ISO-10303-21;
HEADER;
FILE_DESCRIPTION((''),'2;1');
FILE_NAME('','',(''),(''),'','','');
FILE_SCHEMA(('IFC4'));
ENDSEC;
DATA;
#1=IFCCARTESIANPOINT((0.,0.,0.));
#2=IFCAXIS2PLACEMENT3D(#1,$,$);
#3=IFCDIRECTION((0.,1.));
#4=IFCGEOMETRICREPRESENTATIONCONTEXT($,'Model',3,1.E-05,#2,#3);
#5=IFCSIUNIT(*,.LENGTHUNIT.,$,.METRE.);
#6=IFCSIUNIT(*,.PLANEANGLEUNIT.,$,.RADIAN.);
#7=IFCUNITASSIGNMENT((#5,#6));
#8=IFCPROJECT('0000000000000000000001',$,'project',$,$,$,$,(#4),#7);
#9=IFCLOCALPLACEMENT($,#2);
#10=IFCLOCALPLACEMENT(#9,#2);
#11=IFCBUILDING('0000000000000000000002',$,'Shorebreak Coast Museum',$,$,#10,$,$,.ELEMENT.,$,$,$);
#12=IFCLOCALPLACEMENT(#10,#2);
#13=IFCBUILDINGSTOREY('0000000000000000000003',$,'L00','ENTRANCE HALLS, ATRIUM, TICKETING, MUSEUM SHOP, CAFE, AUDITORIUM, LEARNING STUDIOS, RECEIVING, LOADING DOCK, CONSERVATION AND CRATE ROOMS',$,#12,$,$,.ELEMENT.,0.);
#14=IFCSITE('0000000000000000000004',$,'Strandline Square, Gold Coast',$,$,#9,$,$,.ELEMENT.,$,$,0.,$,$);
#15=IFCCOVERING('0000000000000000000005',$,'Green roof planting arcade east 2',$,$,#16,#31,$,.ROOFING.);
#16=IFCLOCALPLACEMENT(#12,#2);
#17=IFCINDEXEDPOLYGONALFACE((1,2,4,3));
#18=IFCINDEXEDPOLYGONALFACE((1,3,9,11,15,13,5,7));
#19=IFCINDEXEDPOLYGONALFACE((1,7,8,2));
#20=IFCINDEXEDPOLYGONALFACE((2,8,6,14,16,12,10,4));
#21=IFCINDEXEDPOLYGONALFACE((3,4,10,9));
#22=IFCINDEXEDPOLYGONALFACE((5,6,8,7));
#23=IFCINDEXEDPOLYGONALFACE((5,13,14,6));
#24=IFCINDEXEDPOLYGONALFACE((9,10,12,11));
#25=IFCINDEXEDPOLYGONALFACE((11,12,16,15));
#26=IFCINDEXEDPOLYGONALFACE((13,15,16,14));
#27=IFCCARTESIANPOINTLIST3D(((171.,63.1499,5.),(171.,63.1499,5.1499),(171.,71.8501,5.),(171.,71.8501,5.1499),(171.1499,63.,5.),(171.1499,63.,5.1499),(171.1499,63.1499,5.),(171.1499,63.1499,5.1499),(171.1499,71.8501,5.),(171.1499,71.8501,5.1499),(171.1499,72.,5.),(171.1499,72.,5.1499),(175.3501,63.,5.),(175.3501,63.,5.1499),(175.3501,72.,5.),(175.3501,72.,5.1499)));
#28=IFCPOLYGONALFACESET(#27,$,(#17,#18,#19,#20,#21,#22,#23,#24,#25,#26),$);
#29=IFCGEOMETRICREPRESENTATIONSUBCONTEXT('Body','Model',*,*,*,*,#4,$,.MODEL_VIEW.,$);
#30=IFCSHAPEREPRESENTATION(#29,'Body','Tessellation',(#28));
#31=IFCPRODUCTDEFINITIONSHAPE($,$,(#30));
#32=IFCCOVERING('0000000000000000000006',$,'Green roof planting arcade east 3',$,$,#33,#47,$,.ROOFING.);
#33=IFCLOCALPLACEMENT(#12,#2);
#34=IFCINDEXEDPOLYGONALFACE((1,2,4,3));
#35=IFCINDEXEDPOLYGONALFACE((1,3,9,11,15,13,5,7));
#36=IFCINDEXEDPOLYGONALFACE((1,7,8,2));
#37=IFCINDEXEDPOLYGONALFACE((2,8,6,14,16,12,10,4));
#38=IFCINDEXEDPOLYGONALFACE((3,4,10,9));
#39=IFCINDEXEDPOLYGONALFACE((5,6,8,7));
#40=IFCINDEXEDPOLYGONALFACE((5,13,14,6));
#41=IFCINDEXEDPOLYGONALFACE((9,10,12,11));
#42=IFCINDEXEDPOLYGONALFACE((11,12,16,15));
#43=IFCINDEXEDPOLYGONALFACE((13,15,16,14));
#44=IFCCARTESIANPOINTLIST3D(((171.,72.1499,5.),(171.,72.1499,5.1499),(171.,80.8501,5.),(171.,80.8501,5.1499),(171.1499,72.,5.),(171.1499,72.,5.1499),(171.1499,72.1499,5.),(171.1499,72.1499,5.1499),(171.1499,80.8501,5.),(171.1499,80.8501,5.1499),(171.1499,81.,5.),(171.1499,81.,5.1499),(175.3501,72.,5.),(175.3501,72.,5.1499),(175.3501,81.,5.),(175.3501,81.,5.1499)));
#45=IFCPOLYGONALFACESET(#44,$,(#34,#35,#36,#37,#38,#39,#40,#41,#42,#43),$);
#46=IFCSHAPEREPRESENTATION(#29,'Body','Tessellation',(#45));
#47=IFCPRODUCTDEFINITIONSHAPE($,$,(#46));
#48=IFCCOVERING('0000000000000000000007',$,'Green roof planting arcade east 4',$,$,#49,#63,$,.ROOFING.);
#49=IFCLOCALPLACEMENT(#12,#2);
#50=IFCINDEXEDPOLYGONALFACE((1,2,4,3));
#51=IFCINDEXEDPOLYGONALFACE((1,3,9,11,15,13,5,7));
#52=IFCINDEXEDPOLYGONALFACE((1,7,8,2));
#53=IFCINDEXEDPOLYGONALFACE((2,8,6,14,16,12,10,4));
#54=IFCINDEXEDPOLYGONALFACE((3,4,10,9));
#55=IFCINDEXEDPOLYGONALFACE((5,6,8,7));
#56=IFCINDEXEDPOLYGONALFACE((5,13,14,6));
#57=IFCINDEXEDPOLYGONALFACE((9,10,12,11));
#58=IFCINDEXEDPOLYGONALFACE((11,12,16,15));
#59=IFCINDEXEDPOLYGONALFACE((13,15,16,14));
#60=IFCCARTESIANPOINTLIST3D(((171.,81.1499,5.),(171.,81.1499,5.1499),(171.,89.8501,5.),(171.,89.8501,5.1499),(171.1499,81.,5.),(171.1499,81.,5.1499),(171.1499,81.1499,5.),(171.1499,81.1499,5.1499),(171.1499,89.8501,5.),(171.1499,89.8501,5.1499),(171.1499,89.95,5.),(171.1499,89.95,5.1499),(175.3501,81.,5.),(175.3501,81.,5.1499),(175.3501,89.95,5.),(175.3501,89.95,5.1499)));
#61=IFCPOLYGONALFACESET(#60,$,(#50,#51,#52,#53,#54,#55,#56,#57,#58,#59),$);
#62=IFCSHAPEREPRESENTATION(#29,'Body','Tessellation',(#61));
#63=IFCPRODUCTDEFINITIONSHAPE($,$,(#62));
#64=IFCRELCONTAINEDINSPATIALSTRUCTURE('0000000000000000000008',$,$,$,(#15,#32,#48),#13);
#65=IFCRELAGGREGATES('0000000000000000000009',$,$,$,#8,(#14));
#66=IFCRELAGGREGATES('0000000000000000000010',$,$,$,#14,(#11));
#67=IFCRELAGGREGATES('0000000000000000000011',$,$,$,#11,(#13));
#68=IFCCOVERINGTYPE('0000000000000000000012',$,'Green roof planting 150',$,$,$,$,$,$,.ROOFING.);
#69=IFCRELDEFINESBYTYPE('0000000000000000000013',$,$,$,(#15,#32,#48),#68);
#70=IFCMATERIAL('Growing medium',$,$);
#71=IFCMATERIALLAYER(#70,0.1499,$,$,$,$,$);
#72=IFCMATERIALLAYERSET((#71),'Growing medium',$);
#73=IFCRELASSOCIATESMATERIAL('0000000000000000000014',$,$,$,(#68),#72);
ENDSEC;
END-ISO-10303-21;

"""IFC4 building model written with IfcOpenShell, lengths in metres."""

from ifc_helpers import new_model, si_unit, direction, frame, origin, place, context, subcontext, project, spatial, polyline, outline, extrude, material, layer, layer_set, type_object, element, save


model = new_model("IFC4")

# Units and contexts
model_context = context("Model", 3, precision=1e-05, world=origin(), true_north=direction((0.0, 1.0)))
body_context = subcontext(model_context, "Body", "Model", "MODEL_VIEW")
ifc_project = project(units=[si_unit("LENGTHUNIT", "METRE"), si_unit("PLANEANGLEUNIT", "RADIAN")], contexts=[model_context])

# Site, building, storey
site_placement = place(None, origin())
site = spatial("IfcSite", under=ifc_project, at=site_placement, Name="Strandline Square, Gold Coast", CompositionType="ELEMENT", RefElevation=0.0)
building_placement = place(site_placement, origin())
building = spatial("IfcBuilding", under=site, at=building_placement, Name="Shorebreak Coast Museum", CompositionType="ELEMENT")
storey_placement = place(building_placement, origin())
storey = spatial("IfcBuildingStorey", under=building, at=storey_placement, Name="L00", Description="ENTRANCE HALLS, ATRIUM, TICKETING, MUSEUM SHOP, CAFE, AUDITORIUM, LEARNING STUDIOS, RECEIVING, LOADING DOCK, CONSERVATION AND CRATE ROOMS", CompositionType="ELEMENT", Elevation=0.0)

# Coverings
ifc_material_1 = material(Name="Growing medium")
ifc_layer_1 = layer(ifc_material_1, 0.1499)
ifc_layer_set_1 = layer_set([ifc_layer_1], Name="Growing medium")
covering_type = type_object("IfcCoveringType", Name="Green roof planting 150", PredefinedType="ROOFING", material=ifc_layer_set_1)
covering_1_placement = place(storey_placement, frame((0.0, 0.0, 5.0)))
element("IfcCovering", 1, at=covering_1_placement, inside=storey, type_object=covering_type, Name="Green roof planting arcade east 2", PredefinedType="ROOFING", context=body_context, shape_type="SweptSolid", body=[
    extrude(outline(polyline([(175.3501, 63.0), (175.3501, 72.0), (171.1499, 72.0), (171.1499, 71.8501), (171.0, 71.8501), (171.0, 63.1499), (171.1499, 63.1499), (171.1499, 63.0), (175.3501, 63.0)])), origin(), (0.0, 0.0, 1.0), 0.1499),
])
covering_2_placement = place(storey_placement, frame((0.0, 0.0, 5.0)))
element("IfcCovering", 2, at=covering_2_placement, inside=storey, type_object=covering_type, Name="Green roof planting arcade east 3", PredefinedType="ROOFING", context=body_context, shape_type="SweptSolid", body=[
    extrude(outline(polyline([(175.3501, 72.0), (175.3501, 81.0), (171.1499, 81.0), (171.1499, 80.8501), (171.0, 80.8501), (171.0, 72.1499), (171.1499, 72.1499), (171.1499, 72.0), (175.3501, 72.0)])), origin(), (0.0, 0.0, 1.0), 0.1499),
])
covering_3_placement = place(storey_placement, frame((0.0, 0.0, 5.0)))
element("IfcCovering", 3, at=covering_3_placement, inside=storey, type_object=covering_type, Name="Green roof planting arcade east 4", PredefinedType="ROOFING", context=body_context, shape_type="SweptSolid", body=[
    extrude(outline(polyline([(175.3501, 81.0), (175.3501, 89.95), (171.1499, 89.95), (171.1499, 89.8501), (171.0, 89.8501), (171.0, 81.1499), (171.1499, 81.1499), (171.1499, 81.0), (175.3501, 81.0)])), origin(), (0.0, 0.0, 1.0), 0.1499),
])

save(model, "model.ifc")
